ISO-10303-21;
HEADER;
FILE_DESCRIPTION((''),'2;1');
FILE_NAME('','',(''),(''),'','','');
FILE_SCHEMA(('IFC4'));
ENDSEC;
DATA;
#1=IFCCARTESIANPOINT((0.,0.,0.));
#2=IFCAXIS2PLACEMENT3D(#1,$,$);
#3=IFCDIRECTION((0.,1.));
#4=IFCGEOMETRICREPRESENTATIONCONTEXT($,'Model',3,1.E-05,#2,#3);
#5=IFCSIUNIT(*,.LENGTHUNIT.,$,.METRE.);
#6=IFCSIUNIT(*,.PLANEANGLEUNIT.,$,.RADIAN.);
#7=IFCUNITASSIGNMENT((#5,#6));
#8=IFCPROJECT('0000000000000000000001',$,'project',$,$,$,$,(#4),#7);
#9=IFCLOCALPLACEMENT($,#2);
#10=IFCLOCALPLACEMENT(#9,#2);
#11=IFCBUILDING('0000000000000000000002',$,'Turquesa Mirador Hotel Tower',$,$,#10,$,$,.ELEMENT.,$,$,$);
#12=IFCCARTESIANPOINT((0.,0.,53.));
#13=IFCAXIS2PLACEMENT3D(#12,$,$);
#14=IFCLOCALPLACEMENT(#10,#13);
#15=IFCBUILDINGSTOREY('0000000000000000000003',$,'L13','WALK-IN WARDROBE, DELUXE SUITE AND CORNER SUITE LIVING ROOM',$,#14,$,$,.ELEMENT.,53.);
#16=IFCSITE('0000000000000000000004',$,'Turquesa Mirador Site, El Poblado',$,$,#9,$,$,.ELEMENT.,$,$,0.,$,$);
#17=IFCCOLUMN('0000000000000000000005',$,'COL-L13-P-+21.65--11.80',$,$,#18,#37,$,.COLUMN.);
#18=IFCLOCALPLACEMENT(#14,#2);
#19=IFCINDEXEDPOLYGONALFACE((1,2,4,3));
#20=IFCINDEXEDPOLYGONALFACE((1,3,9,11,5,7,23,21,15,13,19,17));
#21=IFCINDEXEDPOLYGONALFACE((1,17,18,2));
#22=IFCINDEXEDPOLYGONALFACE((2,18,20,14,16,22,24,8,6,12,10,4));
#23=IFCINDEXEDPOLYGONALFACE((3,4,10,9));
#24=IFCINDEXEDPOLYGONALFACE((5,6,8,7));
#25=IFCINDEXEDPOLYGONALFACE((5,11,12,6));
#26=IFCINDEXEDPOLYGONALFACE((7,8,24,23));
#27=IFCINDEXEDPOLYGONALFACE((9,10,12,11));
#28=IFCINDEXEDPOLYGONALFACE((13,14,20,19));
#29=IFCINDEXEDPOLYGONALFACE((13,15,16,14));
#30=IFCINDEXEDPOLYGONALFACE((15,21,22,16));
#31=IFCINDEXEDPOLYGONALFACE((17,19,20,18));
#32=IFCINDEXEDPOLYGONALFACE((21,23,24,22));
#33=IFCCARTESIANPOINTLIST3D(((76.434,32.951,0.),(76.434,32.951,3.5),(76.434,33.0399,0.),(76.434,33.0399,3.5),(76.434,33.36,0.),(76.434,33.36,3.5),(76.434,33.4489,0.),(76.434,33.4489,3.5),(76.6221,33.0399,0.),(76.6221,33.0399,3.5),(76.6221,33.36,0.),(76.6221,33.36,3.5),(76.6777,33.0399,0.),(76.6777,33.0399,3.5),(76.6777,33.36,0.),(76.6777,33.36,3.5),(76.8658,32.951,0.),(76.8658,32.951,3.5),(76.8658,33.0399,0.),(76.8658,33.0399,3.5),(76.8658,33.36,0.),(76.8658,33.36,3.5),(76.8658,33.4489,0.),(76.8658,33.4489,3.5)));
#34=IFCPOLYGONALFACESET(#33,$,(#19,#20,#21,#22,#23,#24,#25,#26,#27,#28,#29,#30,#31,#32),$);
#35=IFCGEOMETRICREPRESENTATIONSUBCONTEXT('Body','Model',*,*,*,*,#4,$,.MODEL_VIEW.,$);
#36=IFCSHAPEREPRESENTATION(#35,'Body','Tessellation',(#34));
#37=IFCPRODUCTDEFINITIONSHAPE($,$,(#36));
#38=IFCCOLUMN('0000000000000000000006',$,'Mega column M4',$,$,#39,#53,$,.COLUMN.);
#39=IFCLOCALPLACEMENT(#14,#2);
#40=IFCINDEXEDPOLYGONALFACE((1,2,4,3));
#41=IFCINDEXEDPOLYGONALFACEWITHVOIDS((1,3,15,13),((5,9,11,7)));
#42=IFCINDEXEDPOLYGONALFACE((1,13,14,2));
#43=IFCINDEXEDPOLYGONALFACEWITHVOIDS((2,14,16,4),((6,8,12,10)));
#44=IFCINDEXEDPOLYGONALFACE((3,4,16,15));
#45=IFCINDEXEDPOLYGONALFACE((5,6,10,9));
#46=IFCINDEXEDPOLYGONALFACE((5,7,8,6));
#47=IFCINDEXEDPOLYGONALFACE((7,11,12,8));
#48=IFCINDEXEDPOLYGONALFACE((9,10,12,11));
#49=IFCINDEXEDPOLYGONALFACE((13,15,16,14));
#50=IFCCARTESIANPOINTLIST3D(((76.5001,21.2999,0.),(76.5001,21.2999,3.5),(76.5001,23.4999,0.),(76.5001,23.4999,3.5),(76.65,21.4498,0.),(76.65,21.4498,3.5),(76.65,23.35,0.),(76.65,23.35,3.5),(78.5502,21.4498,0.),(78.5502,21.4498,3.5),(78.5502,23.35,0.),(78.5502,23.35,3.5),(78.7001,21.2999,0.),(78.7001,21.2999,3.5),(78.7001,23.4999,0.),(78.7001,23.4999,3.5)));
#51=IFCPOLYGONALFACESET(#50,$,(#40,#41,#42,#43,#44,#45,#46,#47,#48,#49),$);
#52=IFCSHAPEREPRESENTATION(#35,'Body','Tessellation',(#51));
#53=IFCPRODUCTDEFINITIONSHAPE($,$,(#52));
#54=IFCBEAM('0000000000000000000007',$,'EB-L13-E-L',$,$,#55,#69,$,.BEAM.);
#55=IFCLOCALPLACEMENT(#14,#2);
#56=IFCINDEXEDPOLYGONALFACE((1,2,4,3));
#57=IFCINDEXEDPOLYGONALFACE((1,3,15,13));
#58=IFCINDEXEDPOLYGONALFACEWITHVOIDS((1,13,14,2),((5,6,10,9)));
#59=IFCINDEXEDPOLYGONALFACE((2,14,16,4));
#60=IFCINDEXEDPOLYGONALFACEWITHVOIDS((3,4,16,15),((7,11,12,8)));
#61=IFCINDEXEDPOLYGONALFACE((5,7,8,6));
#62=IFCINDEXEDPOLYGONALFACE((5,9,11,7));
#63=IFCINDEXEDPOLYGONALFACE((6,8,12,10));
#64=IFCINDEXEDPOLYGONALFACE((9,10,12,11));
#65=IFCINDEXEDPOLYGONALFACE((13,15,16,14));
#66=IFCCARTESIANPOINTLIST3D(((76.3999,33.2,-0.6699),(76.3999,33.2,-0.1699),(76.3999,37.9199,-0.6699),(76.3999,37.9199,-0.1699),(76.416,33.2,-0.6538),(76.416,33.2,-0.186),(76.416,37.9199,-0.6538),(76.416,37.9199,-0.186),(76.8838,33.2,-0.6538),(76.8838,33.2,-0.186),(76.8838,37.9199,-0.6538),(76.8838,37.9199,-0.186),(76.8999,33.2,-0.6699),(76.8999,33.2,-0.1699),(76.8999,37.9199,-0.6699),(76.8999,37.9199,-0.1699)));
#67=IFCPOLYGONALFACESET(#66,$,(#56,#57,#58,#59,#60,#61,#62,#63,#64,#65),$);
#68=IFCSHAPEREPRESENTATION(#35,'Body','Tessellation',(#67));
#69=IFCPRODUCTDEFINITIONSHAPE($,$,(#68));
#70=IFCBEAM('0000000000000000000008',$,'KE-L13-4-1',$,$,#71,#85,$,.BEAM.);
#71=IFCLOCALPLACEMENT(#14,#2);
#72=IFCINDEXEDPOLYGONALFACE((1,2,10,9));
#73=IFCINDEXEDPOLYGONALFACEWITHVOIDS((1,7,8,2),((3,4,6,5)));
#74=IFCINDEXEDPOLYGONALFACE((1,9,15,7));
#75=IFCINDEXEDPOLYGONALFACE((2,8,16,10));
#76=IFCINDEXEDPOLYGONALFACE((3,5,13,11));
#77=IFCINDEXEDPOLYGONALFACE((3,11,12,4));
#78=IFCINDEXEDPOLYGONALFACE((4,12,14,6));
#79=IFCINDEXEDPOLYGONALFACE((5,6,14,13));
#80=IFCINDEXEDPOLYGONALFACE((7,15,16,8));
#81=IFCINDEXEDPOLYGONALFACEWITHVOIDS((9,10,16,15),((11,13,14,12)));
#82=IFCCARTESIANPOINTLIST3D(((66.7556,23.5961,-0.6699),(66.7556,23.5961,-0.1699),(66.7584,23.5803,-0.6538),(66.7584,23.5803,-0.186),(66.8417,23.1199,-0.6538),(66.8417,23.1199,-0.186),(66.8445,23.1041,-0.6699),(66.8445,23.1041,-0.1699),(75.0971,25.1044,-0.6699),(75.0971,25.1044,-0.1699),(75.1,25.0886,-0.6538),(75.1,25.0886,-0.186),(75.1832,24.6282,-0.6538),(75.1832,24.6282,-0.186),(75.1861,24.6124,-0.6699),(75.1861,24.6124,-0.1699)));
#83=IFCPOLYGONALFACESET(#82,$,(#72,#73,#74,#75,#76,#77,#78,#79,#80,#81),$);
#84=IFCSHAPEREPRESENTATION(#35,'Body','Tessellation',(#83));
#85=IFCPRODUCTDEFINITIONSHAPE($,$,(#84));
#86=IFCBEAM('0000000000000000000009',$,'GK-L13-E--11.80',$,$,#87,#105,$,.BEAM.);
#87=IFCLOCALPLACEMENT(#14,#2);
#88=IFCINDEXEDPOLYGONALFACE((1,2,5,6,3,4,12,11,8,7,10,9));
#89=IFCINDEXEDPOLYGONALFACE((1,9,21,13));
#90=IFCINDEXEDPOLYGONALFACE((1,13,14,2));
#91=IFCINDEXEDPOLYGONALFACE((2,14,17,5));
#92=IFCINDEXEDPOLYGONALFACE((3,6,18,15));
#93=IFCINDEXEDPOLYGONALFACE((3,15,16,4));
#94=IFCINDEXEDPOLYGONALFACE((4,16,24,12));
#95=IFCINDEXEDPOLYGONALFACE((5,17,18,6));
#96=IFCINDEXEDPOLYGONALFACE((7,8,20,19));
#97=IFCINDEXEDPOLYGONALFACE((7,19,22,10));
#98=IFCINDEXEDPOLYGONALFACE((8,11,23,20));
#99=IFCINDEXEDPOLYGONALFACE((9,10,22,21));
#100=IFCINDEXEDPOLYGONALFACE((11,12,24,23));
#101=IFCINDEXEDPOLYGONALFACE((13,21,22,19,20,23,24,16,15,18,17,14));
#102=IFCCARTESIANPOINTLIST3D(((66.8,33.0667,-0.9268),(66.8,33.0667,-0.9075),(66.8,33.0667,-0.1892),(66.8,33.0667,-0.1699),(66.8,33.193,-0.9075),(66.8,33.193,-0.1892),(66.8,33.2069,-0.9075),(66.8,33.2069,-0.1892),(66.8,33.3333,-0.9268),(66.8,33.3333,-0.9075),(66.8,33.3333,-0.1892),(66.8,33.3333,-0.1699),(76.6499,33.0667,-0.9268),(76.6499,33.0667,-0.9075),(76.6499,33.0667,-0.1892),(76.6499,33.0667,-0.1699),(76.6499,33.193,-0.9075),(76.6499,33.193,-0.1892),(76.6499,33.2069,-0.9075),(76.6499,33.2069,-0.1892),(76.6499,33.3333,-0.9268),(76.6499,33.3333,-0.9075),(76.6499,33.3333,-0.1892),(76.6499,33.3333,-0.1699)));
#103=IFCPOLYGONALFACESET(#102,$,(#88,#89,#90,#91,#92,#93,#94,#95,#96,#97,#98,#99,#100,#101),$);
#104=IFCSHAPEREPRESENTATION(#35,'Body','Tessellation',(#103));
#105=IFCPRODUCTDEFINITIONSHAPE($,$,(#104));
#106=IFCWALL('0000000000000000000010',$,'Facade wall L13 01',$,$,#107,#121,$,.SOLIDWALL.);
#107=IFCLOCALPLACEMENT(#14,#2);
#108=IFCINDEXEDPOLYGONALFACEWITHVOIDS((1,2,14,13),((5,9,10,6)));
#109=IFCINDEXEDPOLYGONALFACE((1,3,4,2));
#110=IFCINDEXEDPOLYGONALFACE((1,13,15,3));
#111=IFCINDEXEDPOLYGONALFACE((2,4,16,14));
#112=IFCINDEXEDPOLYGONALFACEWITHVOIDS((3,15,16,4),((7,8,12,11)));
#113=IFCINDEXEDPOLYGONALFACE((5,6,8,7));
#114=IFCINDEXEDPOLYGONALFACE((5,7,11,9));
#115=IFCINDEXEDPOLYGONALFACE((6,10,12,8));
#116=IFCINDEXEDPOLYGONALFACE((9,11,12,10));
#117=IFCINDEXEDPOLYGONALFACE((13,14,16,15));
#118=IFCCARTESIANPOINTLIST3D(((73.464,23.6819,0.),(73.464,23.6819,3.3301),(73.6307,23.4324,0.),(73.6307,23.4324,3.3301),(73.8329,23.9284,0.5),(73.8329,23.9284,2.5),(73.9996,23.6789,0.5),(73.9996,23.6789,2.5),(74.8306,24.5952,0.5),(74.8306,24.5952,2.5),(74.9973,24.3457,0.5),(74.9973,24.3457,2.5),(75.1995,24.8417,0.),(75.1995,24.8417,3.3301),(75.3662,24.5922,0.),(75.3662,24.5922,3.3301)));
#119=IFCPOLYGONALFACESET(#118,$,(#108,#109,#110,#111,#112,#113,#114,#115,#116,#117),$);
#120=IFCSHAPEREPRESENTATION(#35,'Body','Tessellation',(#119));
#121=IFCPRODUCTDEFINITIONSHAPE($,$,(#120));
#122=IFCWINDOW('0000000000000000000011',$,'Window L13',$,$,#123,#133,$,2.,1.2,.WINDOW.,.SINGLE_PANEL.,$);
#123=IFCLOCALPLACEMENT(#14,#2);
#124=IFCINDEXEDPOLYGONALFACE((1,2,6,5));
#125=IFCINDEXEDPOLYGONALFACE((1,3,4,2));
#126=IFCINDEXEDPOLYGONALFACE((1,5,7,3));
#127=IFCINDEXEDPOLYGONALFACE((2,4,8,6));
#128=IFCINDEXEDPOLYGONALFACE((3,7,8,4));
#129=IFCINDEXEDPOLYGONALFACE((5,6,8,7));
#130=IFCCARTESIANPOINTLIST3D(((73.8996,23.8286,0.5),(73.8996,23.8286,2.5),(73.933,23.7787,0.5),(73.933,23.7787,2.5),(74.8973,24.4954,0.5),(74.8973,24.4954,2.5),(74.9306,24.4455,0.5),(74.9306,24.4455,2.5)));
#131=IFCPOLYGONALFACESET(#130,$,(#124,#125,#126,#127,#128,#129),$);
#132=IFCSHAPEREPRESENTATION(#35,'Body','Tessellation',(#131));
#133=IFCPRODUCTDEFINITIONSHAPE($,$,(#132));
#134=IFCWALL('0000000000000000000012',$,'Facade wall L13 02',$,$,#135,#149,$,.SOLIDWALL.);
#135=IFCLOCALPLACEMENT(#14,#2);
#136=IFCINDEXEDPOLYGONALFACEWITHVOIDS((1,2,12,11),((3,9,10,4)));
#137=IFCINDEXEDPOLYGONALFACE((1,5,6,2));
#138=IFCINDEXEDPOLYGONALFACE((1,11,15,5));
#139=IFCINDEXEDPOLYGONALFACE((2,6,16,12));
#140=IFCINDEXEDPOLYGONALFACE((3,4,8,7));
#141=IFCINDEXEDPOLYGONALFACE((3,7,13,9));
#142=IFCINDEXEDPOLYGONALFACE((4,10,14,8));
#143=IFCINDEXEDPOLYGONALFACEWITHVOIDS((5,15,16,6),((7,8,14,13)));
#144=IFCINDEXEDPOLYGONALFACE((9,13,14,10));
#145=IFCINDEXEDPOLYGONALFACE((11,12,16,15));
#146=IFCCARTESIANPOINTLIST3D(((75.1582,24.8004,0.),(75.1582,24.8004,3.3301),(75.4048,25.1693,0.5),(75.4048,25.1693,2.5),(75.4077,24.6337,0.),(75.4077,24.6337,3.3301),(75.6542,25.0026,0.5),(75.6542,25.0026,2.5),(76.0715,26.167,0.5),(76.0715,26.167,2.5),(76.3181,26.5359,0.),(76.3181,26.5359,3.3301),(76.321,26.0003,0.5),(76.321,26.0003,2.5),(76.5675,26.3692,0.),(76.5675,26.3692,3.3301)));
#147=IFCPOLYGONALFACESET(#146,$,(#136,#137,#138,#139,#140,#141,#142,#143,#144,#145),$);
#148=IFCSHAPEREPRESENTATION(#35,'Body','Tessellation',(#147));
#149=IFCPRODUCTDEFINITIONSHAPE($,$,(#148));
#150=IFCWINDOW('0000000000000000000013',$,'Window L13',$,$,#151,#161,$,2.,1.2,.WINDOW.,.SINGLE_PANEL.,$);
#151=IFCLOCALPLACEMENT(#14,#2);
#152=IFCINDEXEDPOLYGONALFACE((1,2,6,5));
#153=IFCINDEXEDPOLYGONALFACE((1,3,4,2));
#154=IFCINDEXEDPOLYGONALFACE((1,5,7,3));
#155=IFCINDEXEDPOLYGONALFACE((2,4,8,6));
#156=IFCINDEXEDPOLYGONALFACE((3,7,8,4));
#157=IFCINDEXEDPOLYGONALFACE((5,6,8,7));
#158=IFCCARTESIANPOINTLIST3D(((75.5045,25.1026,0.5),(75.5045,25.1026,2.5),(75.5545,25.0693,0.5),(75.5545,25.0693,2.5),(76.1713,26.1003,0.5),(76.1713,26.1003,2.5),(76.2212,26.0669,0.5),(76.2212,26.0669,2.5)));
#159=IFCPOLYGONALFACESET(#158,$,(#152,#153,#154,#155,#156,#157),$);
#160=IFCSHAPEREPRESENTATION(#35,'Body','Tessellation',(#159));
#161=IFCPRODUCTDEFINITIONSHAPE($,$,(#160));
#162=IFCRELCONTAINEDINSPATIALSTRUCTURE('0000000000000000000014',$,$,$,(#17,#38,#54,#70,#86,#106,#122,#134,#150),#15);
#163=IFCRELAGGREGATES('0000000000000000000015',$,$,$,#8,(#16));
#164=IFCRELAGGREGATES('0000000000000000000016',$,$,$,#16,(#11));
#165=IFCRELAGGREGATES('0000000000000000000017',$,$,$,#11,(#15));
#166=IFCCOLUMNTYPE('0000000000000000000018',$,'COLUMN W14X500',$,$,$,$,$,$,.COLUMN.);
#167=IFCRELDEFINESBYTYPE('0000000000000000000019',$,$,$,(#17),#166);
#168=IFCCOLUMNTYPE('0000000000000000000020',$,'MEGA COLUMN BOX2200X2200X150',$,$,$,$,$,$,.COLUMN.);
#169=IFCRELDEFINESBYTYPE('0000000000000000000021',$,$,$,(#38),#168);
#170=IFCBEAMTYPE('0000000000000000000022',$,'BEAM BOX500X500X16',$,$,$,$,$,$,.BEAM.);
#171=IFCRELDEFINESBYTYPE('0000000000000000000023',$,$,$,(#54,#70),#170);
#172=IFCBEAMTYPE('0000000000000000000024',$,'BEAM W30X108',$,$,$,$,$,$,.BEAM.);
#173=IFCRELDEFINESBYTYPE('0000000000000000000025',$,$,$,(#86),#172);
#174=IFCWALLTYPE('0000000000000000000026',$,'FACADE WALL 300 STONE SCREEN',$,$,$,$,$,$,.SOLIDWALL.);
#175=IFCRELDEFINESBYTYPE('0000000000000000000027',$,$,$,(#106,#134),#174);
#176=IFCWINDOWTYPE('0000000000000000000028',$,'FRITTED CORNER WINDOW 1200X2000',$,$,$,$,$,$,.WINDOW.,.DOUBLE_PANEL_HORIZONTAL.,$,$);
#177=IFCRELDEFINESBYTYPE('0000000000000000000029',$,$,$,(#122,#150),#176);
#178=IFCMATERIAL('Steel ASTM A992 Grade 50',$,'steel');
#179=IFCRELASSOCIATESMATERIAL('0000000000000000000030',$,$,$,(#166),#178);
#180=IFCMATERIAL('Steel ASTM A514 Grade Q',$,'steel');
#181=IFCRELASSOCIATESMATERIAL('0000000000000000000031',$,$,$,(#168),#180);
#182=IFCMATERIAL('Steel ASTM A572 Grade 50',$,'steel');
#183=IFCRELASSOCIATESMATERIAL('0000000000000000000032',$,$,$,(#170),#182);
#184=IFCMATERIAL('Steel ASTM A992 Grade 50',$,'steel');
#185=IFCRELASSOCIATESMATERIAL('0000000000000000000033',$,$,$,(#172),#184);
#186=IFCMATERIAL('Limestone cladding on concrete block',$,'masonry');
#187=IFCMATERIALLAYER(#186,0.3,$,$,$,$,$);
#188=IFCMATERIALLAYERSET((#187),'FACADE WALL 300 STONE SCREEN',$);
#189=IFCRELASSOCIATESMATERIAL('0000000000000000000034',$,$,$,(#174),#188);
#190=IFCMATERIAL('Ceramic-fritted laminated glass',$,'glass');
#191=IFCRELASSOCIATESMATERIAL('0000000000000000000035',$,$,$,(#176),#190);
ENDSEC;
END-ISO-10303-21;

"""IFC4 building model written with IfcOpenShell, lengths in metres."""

from ifc_helpers import new_model, si_unit, direction, frame, frame_2d, origin, origin_2d, place, context, subcontext, project, spatial, rectangle, hollow_rectangle, i_section, extrude, material, layer, layer_set, material_profile, profile_set, type_object, element, fill, save


model = new_model("IFC4")

# Units and contexts
model_context = context("Model", 3, precision=1e-05, world=origin(), true_north=direction((0.0, 1.0)))
body_context = subcontext(model_context, "Body", "Model", "MODEL_VIEW")
ifc_project = project(units=[si_unit("LENGTHUNIT", "METRE"), si_unit("PLANEANGLEUNIT", "RADIAN")], contexts=[model_context])

# Site, building, storey
site_placement = place(None, origin())
site = spatial("IfcSite", under=ifc_project, at=site_placement, Name="Turquesa Mirador Site, El Poblado", CompositionType="ELEMENT", RefElevation=0.0)
building_placement = place(site_placement, origin())
building = spatial("IfcBuilding", under=site, at=building_placement, Name="Turquesa Mirador Hotel Tower", CompositionType="ELEMENT")
storey_placement = place(building_placement, frame((0.0, 0.0, 53.0)))
storey = spatial("IfcBuildingStorey", under=building, at=storey_placement, Name="L13", Description="WALK-IN WARDROBE, DELUXE SUITE AND CORNER SUITE LIVING ROOM", CompositionType="ELEMENT", Elevation=53.0)

# Columns
ifc_material_1 = material(Name="Steel ASTM A992 Grade 50", Category="steel")
ifc_material_profile_1 = material_profile(ifc_material_1, i_section(OverallWidth=0.4319, OverallDepth=0.4978, WebThickness=0.0557, FlangeThickness=0.0889, at=origin_2d()), Name="W14X500")
ifc_profile_set_1 = profile_set([ifc_material_profile_1], Name="Steel ASTM A992 Grade 50")
column_type_1 = type_object("IfcColumnType", Name="COLUMN W14X500", PredefinedType="COLUMN", material=ifc_profile_set_1)
column_1_placement = place(storey_placement, frame((76.6499, 33.2, 0.0), z_axis=(0.0, 0.0, 1.0), x_axis=(1.0, 0.0, 0.0)))
element("IfcColumn", 1, at=column_1_placement, inside=storey, type_object=column_type_1, Name="COL-L13-P-+21.65--11.80", PredefinedType="COLUMN", context=body_context, shape_type="SweptSolid", body=[
    extrude(i_section(OverallWidth=0.4319, OverallDepth=0.4978, WebThickness=0.0557, FlangeThickness=0.0889, at=origin_2d()), origin(), (0.0, 0.0, 1.0), 3.5),
])
ifc_material_2 = material(Name="Steel ASTM A514 Grade Q", Category="steel")
ifc_material_profile_2 = material_profile(ifc_material_2, hollow_rectangle(XDim=2.2, YDim=2.2, WallThickness=0.1499, at=origin_2d()), Name="BOX2200X2200X150")
ifc_profile_set_2 = profile_set([ifc_material_profile_2], Name="Steel ASTM A514 Grade Q")
column_type_2 = type_object("IfcColumnType", Name="MEGA COLUMN BOX2200X2200X150", PredefinedType="COLUMN", material=ifc_profile_set_2)
column_2_placement = place(storey_placement, frame((77.6001, 22.3999, 0.0), z_axis=(0.0, 0.0, 1.0), x_axis=(1.0, 0.0, 0.0)))
element("IfcColumn", 2, at=column_2_placement, inside=storey, type_object=column_type_2, Name="Mega column M4", PredefinedType="COLUMN", context=body_context, shape_type="SweptSolid", body=[
    extrude(hollow_rectangle(XDim=2.2, YDim=2.2, WallThickness=0.1499, at=origin_2d()), origin(), (0.0, 0.0, 1.0), 3.5),
])

# Beams
ifc_material_3 = material(Name="Steel ASTM A572 Grade 50", Category="steel")
ifc_material_profile_3 = material_profile(ifc_material_3, hollow_rectangle(XDim=0.5, YDim=0.5, WallThickness=0.0161, at=origin_2d()), Name="BOX500X500X16")
ifc_profile_set_3 = profile_set([ifc_material_profile_3], Name="Steel ASTM A572 Grade 50")
beam_type_1 = type_object("IfcBeamType", Name="BEAM BOX500X500X16", PredefinedType="BEAM", material=ifc_profile_set_3)
beam_1_placement = place(storey_placement, frame((76.6499, 33.2, -0.4199), z_axis=(0.0, 1.0, 0.0), x_axis=(-1.0, 0.0, 0.0)))
element("IfcBeam", 3, at=beam_1_placement, inside=storey, type_object=beam_type_1, Name="EB-L13-E-L", PredefinedType="BEAM", context=body_context, shape_type="SweptSolid", body=[
    extrude(hollow_rectangle(XDim=0.5, YDim=0.5, WallThickness=0.0161, at=origin_2d()), origin(), (0.0, 0.0, 1.0), 4.72),
])
beam_2_placement = place(storey_placement, frame((75.1416, 24.8584, -0.4199), z_axis=(-0.984043, -0.177932, 0.0), x_axis=(0.177932, -0.984043, 0.0)))
element("IfcBeam", 4, at=beam_2_placement, inside=storey, type_object=beam_type_1, Name="KE-L13-4-1", PredefinedType="BEAM", context=body_context, shape_type="SweptSolid", body=[
    extrude(hollow_rectangle(XDim=0.5, YDim=0.5, WallThickness=0.0161, at=origin_2d()), origin(), (0.0, 0.0, 1.0), 8.4768),
])
ifc_material_4 = material(Name="Steel ASTM A992 Grade 50", Category="steel")
ifc_material_profile_4 = material_profile(ifc_material_4, i_section(OverallWidth=0.2666, OverallDepth=0.7568, WebThickness=0.0139, FlangeThickness=0.0193, at=origin_2d()), Name="W30X108")
ifc_profile_set_4 = profile_set([ifc_material_profile_4], Name="Steel ASTM A992 Grade 50")
beam_type_2 = type_object("IfcBeamType", Name="BEAM W30X108", PredefinedType="BEAM", material=ifc_profile_set_4)
beam_3_placement = place(storey_placement, frame((76.6499, 33.2, -0.5483), z_axis=(-1.0, 0.0, 0.0), x_axis=(0.0, -1.0, 0.0)))
element("IfcBeam", 5, at=beam_3_placement, inside=storey, type_object=beam_type_2, Name="GK-L13-E--11.80", PredefinedType="BEAM", context=body_context, shape_type="SweptSolid", body=[
    extrude(i_section(OverallWidth=0.2666, OverallDepth=0.7568, WebThickness=0.0139, FlangeThickness=0.0193, at=origin_2d()), origin(), (0.0, 0.0, 1.0), 9.8499),
])

# Walls, openings, windows
ifc_material_5 = material(Name="Limestone cladding on concrete block", Category="masonry")
ifc_layer = layer(ifc_material_5, 0.3)
ifc_layer_set = layer_set([ifc_layer], Name="FACADE WALL 300 STONE SCREEN")
wall_type = type_object("IfcWallType", Name="FACADE WALL 300 STONE SCREEN", PredefinedType="SOLIDWALL", material=ifc_layer_set)
wall_1_placement = place(storey_placement, frame((73.5474, 23.5571, 0.0), z_axis=(0.0, 0.0, 1.0), x_axis=(0.83142, 0.555644, 0.0)))
wall_1 = element("IfcWall", 6, at=wall_1_placement, inside=storey, type_object=wall_type, Name="Facade wall L13 01", PredefinedType="SOLIDWALL", context=body_context, shape_type="SweptSolid", body=[
    extrude(rectangle(XDim=2.0874, YDim=0.3, at=frame_2d((1.0437, 0.0))), origin(), (0.0, 0.0, 1.0), 3.3301),
])
opening_1_placement = place(wall_1_placement, frame((0.4436, 0.0, 0.5)))
opening_1 = element("IfcOpeningElement", 7, at=opening_1_placement, cuts=wall_1, PredefinedType="OPENING", context=body_context, shape_type="SweptSolid", body=[
    extrude(rectangle(XDim=1.2, YDim=2.0, at=frame_2d((0.6001, 1.0))), frame((0.0, 0.1599, 0.0), z_axis=(0.0, -1.0, 0.0), x_axis=(1.0, 0.0, 0.0)), (0.0, 0.0, 1.0), 0.3201),
])
ifc_material_6 = material(Name="Ceramic-fritted laminated glass", Category="glass")
window_type_1 = type_object("IfcWindowType", Name="FRITTED CORNER WINDOW 1200X2000", PartitioningType="DOUBLE_PANEL_HORIZONTAL", PredefinedType="WINDOW", material=ifc_material_6)
window_1_placement = place(opening_1_placement, origin())
window_1 = element("IfcWindow", 8, at=window_1_placement, inside=storey, type_object=window_type_1, Name="Window L13", OverallHeight=2.0, OverallWidth=1.2, PartitioningType="SINGLE_PANEL", PredefinedType="WINDOW", context=body_context, shape_type="SweptSolid", body=[
    extrude(rectangle(XDim=1.2, YDim=2.0, at=frame_2d((0.6001, 1.0))), frame((0.0, 0.03, 0.0), z_axis=(0.0, -1.0, 0.0), x_axis=(1.0, 0.0, 0.0)), (0.0, 0.0, 1.0), 0.0601),
])
fill(opening_1, window_1)
wall_2_placement = place(storey_placement, frame((75.283, 24.717, 0.0), z_axis=(0.0, 0.0, 1.0), x_axis=(0.555644, 0.83142, 0.0)))
wall_2 = element("IfcWall", 9, at=wall_2_placement, inside=storey, type_object=wall_type, Name="Facade wall L13 02", PredefinedType="SOLIDWALL", context=body_context, shape_type="SweptSolid", body=[
    extrude(rectangle(XDim=2.0874, YDim=0.3, at=frame_2d((1.0437, 0.0))), origin(), (0.0, 0.0, 1.0), 3.3301),
])
opening_2_placement = place(wall_2_placement, frame((0.4436, 0.0, 0.5)))
opening_2 = element("IfcOpeningElement", 10, at=opening_2_placement, cuts=wall_2, PredefinedType="OPENING", context=body_context, shape_type="SweptSolid", body=[
    extrude(rectangle(XDim=1.2, YDim=2.0, at=frame_2d((0.6001, 1.0))), frame((0.0, 0.1599, 0.0), z_axis=(0.0, -1.0, 0.0), x_axis=(1.0, 0.0, 0.0)), (0.0, 0.0, 1.0), 0.3201),
])
window_2_placement = place(opening_2_placement, origin())
window_2 = element("IfcWindow", 11, at=window_2_placement, inside=storey, type_object=window_type_1, Name="Window L13", OverallHeight=2.0, OverallWidth=1.2, PartitioningType="SINGLE_PANEL", PredefinedType="WINDOW", context=body_context, shape_type="SweptSolid", body=[
    extrude(rectangle(XDim=1.2, YDim=2.0, at=frame_2d((0.6001, 1.0))), frame((0.0, 0.03, 0.0), z_axis=(0.0, -1.0, 0.0), x_axis=(1.0, 0.0, 0.0)), (0.0, 0.0, 1.0), 0.0601),
])
fill(opening_2, window_2)

save(model, "model.ifc")
